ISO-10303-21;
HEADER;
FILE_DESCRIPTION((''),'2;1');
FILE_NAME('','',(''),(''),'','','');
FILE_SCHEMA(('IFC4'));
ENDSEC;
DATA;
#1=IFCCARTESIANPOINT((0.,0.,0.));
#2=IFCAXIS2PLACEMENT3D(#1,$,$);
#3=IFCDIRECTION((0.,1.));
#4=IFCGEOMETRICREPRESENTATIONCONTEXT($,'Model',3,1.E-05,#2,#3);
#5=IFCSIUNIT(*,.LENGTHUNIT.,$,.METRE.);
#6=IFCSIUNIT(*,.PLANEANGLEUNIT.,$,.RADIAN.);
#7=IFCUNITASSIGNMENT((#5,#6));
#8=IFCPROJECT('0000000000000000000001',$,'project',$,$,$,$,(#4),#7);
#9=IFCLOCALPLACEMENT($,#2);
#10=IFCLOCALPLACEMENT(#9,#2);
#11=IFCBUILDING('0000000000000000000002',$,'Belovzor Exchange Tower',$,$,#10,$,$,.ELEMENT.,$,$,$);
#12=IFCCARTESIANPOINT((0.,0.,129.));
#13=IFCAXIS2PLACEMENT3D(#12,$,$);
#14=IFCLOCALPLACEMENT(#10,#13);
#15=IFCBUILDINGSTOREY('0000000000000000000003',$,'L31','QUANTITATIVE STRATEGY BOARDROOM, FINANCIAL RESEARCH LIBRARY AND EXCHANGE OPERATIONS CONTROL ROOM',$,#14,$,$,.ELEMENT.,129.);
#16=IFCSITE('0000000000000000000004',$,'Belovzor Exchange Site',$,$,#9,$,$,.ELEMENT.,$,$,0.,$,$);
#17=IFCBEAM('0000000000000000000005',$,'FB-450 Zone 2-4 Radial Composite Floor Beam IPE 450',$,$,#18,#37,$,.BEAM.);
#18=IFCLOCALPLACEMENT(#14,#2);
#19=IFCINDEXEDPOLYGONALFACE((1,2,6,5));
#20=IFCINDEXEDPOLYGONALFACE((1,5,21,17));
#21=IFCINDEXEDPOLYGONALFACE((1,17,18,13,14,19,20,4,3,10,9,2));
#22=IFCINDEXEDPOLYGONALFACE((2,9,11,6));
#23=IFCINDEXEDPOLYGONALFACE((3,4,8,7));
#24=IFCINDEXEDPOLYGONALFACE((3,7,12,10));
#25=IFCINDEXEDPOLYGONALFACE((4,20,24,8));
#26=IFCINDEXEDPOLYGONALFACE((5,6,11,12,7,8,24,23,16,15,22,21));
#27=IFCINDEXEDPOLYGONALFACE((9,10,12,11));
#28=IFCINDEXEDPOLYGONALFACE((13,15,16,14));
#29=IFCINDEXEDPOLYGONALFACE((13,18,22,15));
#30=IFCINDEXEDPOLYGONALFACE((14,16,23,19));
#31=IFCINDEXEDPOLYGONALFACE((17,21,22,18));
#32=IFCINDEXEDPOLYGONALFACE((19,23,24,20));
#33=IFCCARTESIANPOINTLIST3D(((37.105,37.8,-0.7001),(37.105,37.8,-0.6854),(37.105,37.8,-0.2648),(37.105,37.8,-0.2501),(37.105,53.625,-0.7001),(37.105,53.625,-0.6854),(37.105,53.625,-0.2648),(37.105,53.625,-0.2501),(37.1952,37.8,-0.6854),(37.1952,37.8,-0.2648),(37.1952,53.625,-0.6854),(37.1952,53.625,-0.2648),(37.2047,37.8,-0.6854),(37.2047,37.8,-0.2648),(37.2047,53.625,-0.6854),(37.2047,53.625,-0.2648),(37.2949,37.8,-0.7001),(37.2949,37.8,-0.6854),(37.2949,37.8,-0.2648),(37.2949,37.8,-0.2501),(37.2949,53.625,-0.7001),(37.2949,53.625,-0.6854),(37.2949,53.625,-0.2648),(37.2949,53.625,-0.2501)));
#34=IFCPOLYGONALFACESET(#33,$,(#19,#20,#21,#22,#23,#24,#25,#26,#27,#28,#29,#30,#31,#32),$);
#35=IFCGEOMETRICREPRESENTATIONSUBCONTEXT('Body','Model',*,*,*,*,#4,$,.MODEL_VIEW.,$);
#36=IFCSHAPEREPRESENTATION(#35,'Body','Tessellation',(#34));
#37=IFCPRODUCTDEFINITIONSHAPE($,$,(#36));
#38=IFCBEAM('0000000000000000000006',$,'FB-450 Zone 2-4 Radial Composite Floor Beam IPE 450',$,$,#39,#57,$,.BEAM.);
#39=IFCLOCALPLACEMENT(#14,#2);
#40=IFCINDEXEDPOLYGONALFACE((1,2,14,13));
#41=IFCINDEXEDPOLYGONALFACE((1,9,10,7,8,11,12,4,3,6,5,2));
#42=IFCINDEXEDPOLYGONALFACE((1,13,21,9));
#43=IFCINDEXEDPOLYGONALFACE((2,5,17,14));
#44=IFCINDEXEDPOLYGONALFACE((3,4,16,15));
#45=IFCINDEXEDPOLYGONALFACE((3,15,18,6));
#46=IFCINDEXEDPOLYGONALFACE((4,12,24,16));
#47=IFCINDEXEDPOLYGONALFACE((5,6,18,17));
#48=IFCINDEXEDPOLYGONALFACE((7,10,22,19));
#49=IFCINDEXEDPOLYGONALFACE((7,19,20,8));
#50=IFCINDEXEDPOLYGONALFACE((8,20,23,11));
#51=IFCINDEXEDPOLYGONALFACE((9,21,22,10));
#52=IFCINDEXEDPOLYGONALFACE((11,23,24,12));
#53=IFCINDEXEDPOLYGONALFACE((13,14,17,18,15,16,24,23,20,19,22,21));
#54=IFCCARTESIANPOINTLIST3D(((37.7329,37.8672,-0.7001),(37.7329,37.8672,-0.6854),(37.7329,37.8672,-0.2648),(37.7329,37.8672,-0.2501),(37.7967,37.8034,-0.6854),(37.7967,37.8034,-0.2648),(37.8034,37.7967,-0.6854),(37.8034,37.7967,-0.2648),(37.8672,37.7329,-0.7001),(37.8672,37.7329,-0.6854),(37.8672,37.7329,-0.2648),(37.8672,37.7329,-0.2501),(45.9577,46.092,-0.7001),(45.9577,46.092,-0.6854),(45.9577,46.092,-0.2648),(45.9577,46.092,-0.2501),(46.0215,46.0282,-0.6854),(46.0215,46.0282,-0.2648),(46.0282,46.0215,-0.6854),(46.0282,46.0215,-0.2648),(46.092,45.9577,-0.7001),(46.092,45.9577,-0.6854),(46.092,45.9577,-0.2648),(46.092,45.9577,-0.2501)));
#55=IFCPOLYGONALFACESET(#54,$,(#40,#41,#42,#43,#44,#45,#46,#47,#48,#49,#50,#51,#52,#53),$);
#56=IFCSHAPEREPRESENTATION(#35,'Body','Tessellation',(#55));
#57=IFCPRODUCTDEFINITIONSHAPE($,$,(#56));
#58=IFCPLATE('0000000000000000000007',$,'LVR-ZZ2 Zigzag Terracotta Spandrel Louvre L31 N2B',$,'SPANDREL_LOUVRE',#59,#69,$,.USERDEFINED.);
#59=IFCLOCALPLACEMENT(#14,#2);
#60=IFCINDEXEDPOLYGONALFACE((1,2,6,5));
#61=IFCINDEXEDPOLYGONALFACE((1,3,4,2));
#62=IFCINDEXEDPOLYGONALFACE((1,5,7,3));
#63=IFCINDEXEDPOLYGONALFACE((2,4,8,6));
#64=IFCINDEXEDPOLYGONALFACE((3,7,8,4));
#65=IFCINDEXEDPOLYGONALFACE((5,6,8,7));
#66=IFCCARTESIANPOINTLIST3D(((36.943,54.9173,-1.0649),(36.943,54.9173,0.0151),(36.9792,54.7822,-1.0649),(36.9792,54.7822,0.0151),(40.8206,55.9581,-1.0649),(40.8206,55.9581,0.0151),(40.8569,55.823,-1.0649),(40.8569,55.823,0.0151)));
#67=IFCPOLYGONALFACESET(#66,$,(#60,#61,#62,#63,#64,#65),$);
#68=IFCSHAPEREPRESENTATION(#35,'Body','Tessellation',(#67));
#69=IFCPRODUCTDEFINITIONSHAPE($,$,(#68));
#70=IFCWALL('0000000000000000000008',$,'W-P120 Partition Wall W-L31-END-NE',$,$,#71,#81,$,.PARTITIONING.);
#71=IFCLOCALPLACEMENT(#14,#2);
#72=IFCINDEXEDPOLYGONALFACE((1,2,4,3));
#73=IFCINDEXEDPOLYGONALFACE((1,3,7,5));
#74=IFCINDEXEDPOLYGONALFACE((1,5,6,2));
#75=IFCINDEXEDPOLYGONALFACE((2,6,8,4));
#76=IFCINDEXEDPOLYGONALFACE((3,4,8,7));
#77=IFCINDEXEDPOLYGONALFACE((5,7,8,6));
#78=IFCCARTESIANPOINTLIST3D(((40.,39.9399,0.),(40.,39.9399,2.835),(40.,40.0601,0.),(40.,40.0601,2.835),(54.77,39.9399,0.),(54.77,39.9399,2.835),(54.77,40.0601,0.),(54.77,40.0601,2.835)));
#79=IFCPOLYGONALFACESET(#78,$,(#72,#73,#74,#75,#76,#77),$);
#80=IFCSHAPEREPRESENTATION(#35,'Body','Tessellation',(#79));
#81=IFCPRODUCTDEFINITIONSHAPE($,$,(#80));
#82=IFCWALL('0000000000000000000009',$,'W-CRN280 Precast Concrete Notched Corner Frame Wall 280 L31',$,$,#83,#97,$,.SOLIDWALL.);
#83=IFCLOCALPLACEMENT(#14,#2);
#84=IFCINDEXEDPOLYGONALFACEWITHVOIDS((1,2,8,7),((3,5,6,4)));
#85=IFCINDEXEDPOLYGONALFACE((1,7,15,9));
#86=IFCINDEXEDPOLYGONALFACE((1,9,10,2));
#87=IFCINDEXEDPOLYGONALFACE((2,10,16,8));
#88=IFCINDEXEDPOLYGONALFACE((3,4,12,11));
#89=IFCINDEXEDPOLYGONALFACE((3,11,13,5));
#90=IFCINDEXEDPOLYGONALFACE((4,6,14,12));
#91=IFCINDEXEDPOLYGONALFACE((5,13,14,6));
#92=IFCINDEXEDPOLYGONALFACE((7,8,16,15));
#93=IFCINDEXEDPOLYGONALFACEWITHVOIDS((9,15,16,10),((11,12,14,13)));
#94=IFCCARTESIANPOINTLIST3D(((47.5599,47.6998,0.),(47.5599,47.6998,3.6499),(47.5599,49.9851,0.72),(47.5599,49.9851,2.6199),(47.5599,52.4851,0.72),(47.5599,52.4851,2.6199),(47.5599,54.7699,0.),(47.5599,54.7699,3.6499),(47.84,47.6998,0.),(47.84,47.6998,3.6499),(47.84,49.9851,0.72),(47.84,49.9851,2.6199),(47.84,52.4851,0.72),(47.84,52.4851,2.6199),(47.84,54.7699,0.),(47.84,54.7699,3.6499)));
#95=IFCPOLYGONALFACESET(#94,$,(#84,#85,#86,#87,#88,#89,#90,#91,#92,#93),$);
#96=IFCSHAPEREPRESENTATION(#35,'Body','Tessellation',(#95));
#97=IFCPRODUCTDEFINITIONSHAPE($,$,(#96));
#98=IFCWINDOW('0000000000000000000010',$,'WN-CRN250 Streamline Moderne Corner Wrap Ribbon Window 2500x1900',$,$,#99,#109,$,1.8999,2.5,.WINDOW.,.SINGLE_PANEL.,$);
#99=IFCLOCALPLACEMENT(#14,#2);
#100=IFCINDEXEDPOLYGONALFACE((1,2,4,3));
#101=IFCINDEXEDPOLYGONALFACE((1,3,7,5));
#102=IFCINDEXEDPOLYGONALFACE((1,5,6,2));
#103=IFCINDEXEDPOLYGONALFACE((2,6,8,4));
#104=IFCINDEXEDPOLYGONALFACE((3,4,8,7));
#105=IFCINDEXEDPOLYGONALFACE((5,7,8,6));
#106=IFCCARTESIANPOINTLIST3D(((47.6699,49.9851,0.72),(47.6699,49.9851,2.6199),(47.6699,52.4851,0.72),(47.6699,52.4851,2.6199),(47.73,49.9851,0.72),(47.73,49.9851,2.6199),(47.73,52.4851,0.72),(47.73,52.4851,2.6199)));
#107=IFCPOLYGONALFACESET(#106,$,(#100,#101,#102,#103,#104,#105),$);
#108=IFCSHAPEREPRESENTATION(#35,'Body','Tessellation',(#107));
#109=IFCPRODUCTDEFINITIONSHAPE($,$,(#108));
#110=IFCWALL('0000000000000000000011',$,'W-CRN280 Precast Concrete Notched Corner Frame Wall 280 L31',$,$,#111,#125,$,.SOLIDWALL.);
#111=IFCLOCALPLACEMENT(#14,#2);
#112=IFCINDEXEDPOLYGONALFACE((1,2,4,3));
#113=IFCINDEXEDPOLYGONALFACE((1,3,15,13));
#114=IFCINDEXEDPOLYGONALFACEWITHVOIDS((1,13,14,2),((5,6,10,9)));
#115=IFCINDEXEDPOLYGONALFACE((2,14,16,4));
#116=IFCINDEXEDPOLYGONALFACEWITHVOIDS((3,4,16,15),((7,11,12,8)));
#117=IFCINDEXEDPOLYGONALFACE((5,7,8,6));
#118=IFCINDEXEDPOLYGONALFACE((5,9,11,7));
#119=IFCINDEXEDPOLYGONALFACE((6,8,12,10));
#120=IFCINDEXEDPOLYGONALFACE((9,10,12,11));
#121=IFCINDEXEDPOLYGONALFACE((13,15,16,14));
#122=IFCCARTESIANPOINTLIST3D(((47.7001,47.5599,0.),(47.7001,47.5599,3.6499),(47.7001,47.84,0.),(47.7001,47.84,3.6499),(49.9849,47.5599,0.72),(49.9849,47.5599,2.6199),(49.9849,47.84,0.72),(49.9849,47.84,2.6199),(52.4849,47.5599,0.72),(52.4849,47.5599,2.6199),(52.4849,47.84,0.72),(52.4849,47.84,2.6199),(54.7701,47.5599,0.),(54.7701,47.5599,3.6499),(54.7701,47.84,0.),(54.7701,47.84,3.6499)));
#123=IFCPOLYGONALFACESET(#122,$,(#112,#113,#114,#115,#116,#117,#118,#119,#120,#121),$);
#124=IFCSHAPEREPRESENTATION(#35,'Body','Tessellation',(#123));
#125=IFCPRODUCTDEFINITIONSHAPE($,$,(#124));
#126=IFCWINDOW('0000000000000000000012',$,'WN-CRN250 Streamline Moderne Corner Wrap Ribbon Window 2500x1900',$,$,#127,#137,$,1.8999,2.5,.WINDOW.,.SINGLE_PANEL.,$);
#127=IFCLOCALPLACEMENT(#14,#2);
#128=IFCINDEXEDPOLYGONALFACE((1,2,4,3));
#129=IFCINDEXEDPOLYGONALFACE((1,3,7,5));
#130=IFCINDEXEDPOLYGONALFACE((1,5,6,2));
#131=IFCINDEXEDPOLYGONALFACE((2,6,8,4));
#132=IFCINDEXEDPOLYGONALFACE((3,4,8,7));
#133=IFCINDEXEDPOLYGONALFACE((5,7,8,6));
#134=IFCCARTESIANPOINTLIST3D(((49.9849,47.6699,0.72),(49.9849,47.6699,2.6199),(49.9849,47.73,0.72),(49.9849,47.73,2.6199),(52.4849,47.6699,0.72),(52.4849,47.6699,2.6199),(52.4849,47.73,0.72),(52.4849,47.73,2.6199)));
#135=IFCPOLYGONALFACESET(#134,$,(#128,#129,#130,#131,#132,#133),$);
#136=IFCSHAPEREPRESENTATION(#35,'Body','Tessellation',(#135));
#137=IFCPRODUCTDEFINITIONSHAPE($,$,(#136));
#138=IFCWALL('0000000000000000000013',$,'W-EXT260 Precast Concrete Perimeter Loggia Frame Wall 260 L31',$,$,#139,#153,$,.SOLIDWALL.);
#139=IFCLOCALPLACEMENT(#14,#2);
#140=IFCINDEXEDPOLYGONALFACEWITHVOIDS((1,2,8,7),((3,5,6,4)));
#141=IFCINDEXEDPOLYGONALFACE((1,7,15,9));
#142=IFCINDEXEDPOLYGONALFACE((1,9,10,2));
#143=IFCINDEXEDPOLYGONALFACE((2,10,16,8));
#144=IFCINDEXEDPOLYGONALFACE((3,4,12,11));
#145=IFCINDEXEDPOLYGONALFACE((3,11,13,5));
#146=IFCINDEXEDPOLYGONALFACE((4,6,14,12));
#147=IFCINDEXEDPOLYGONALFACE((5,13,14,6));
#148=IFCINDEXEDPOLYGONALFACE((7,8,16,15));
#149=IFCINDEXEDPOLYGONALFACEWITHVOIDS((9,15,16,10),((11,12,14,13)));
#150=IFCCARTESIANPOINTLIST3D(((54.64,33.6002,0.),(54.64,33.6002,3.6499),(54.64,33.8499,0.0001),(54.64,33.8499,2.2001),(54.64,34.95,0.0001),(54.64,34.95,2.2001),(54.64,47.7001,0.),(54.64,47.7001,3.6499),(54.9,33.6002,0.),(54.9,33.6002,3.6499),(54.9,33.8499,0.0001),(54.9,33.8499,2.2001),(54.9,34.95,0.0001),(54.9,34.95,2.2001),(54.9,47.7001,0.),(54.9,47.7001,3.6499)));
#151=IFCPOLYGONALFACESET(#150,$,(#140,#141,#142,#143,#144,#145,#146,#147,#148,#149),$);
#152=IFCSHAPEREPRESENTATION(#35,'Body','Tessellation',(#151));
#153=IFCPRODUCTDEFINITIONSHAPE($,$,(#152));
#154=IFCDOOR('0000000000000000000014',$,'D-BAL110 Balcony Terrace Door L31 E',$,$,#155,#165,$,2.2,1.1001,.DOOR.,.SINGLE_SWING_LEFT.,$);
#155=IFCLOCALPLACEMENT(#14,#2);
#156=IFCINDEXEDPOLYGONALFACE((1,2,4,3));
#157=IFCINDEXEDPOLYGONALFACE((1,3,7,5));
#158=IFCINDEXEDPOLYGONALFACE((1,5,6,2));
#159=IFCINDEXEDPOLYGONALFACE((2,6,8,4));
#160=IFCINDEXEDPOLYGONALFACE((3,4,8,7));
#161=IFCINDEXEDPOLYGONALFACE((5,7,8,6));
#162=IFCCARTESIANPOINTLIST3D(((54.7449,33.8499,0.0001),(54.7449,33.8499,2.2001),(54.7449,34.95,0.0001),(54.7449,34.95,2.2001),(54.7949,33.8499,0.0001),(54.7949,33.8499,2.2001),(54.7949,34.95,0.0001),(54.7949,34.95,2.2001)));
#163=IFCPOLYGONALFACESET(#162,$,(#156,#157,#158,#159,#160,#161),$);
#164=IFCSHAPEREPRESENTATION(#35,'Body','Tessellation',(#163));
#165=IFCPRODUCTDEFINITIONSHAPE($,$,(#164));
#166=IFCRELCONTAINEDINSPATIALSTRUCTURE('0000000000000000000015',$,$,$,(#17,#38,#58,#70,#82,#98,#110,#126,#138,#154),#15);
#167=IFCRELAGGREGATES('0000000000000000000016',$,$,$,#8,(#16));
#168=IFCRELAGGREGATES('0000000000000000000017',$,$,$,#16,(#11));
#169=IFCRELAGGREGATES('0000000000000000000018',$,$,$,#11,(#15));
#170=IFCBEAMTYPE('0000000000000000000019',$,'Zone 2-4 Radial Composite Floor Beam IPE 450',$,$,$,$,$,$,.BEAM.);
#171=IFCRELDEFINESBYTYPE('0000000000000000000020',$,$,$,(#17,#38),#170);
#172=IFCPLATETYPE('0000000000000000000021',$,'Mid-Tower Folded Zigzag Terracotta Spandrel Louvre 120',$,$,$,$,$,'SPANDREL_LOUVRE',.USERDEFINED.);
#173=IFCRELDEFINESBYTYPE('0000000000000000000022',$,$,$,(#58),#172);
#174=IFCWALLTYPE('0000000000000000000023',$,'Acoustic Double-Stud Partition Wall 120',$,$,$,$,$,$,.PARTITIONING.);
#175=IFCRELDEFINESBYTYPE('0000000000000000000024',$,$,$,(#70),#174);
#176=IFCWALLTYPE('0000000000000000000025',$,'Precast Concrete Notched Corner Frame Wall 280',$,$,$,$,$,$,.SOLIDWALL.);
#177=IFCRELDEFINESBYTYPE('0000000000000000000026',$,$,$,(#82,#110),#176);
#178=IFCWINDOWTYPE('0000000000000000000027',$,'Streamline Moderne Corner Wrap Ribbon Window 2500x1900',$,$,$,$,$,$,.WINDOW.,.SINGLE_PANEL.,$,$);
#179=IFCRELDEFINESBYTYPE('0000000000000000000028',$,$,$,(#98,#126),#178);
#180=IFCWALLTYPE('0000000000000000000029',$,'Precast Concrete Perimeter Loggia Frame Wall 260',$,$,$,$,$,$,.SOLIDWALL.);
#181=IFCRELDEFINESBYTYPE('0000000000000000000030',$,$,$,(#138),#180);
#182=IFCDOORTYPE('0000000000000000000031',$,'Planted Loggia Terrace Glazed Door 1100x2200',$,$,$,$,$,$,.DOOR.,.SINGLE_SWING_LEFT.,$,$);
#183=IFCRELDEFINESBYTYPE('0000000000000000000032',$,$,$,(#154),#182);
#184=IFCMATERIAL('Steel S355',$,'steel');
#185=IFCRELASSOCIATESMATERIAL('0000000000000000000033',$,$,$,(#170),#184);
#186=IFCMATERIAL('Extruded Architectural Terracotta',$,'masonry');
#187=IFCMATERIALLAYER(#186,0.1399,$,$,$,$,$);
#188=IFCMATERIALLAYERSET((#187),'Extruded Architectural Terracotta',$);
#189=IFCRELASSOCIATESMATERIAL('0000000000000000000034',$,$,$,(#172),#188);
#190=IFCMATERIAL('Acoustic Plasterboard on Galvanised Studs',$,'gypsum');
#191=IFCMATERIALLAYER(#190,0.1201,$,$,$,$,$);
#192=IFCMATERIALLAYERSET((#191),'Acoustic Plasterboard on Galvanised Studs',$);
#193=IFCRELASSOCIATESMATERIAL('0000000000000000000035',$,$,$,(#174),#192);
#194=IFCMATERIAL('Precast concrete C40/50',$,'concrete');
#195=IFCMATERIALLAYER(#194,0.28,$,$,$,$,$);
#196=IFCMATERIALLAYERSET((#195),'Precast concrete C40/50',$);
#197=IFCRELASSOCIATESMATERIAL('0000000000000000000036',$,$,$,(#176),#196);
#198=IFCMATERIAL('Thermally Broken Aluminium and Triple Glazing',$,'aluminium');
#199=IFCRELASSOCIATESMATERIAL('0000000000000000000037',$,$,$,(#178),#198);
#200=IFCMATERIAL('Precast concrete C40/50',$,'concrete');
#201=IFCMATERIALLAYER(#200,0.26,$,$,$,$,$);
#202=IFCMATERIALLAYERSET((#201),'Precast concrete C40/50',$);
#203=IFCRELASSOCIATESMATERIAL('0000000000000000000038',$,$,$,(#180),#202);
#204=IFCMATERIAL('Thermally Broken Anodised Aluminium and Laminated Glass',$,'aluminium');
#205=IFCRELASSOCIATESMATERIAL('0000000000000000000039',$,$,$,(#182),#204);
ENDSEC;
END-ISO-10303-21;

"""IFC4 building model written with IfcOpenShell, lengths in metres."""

from ifc_helpers import new_model, si_unit, direction, frame, frame_2d, origin, origin_2d, place, context, subcontext, project, spatial, rectangle, i_section, extrude, material, layer, layer_set, material_profile, profile_set, type_object, element, fill, save


model = new_model("IFC4")

# Units and contexts
model_context = context("Model", 3, precision=1e-05, world=origin(), true_north=direction((0.0, 1.0)))
body_context = subcontext(model_context, "Body", "Model", "MODEL_VIEW")
ifc_project = project(units=[si_unit("LENGTHUNIT", "METRE"), si_unit("PLANEANGLEUNIT", "RADIAN")], contexts=[model_context])

# Site, building, storey
site_placement = place(None, origin())
site = spatial("IfcSite", under=ifc_project, at=site_placement, Name="Belovzor Exchange Site", CompositionType="ELEMENT", RefElevation=0.0)
building_placement = place(site_placement, origin())
building = spatial("IfcBuilding", under=site, at=building_placement, Name="Belovzor Exchange Tower", CompositionType="ELEMENT")
storey_placement = place(building_placement, frame((0.0, 0.0, 129.0)))
storey = spatial("IfcBuildingStorey", under=building, at=storey_placement, Name="L31", Description="QUANTITATIVE STRATEGY BOARDROOM, FINANCIAL RESEARCH LIBRARY AND EXCHANGE OPERATIONS CONTROL ROOM", CompositionType="ELEMENT", Elevation=129.0)

# Beams
ifc_material_1 = material(Name="Steel S355", Category="steel")
ifc_material_profile_1 = material_profile(ifc_material_1, i_section(OverallWidth=0.1899, OverallDepth=0.45, WebThickness=0.0095, FlangeThickness=0.0146, at=origin_2d()))
ifc_profile_set_1 = profile_set([ifc_material_profile_1], Name="Steel S355")
beam_type_1 = type_object("IfcBeamType", Name="Zone 2-4 Radial Composite Floor Beam IPE 450", PredefinedType="BEAM", material=ifc_profile_set_1)
beam_1_placement = place(storey_placement, frame((37.2, 37.8, -0.4751), z_axis=(0.0, 1.0, 0.0), x_axis=(-1.0, 0.0, 0.0)))
element("IfcBeam", 1, at=beam_1_placement, inside=storey, type_object=beam_type_1, Name="FB-450 Zone 2-4 Radial Composite Floor Beam IPE 450", PredefinedType="BEAM", context=body_context, shape_type="SweptSolid", body=[
    extrude(i_section(OverallWidth=0.1899, OverallDepth=0.45, WebThickness=0.0095, FlangeThickness=0.0146, at=origin_2d()), origin(), (0.0, 0.0, 1.0), 15.825),
])
beam_2_placement = place(storey_placement, frame((37.8, 37.8, -0.4751), z_axis=(0.707107, 0.707107, 0.0), x_axis=(-0.707107, 0.707107, 0.0)))
element("IfcBeam", 2, at=beam_2_placement, inside=storey, type_object=beam_type_1, Name="FB-450 Zone 2-4 Radial Composite Floor Beam IPE 450", PredefinedType="BEAM", context=body_context, shape_type="SweptSolid", body=[
    extrude(i_section(OverallWidth=0.1899, OverallDepth=0.45, WebThickness=0.0095, FlangeThickness=0.0146, at=origin_2d()), origin(), (0.0, 0.0, 1.0), 11.6316),
])

# Plate
ifc_material_2 = material(Name="Extruded Architectural Terracotta", Category="masonry")
ifc_layer_1 = layer(ifc_material_2, 0.1399)
ifc_layer_set_1 = layer_set([ifc_layer_1], Name="Extruded Architectural Terracotta")
plate_type = type_object("IfcPlateType", Name="Mid-Tower Folded Zigzag Terracotta Spandrel Louvre 120", ElementType="SPANDREL_LOUVRE", PredefinedType="USERDEFINED", material=ifc_layer_set_1)
plate_placement = place(storey_placement, frame((38.8999, 55.3701, -1.0649), z_axis=(0.0, 0.0, 1.0), x_axis=(0.965813, 0.25924, 0.0)))
element("IfcPlate", 3, at=plate_placement, inside=storey, type_object=plate_type, Name="LVR-ZZ2 Zigzag Terracotta Spandrel Louvre L31 N2B", ObjectType="SPANDREL_LOUVRE", PredefinedType="USERDEFINED", context=body_context, shape_type="SweptSolid", body=[
    extrude(rectangle(XDim=4.0149, YDim=0.1399, at=origin_2d()), origin(), (0.0, 0.0, 1.0), 1.0801),
])

# Wall
ifc_material_3 = material(Name="Acoustic Plasterboard on Galvanised Studs", Category="gypsum")
ifc_layer_2 = layer(ifc_material_3, 0.1201)
ifc_layer_set_2 = layer_set([ifc_layer_2], Name="Acoustic Plasterboard on Galvanised Studs")
wall_type_1 = type_object("IfcWallType", Name="Acoustic Double-Stud Partition Wall 120", PredefinedType="PARTITIONING", material=ifc_layer_set_2)
wall_1_placement = place(storey_placement, frame((40.0, 40.0, 0.0), z_axis=(0.0, 0.0, 1.0), x_axis=(1.0, 0.0, 0.0)))
element("IfcWall", 4, at=wall_1_placement, inside=storey, type_object=wall_type_1, Name="W-P120 Partition Wall W-L31-END-NE", PredefinedType="PARTITIONING", context=body_context, shape_type="SweptSolid", body=[
    extrude(rectangle(XDim=14.77, YDim=0.1201, at=frame_2d((7.385, 0.0))), origin(), (0.0, 0.0, 1.0), 2.835),
])

# Walls, openings, windows
ifc_material_4 = material(Name="Precast concrete C40/50", Category="concrete")
ifc_layer_3 = layer(ifc_material_4, 0.28)
ifc_layer_set_3 = layer_set([ifc_layer_3], Name="Precast concrete C40/50")
wall_type_2 = type_object("IfcWallType", Name="Precast Concrete Notched Corner Frame Wall 280", PredefinedType="SOLIDWALL", material=ifc_layer_set_3)
wall_2_placement = place(storey_placement, frame((47.7, 54.77, 0.0), z_axis=(0.0, 0.0, 1.0), x_axis=(0.0, -1.0, 0.0)))
wall_2 = element("IfcWall", 5, at=wall_2_placement, inside=storey, type_object=wall_type_2, Name="W-CRN280 Precast Concrete Notched Corner Frame Wall 280 L31", PredefinedType="SOLIDWALL", context=body_context, shape_type="SweptSolid", body=[
    extrude(rectangle(XDim=7.0701, YDim=0.28, at=frame_2d((3.5352, 0.0))), origin(), (0.0, 0.0, 1.0), 3.6499),
])
opening_1_placement = place(wall_2_placement, frame((2.2849, 0.0, 0.72)))
opening_1 = element("IfcOpeningElement", 6, at=opening_1_placement, cuts=wall_2, PredefinedType="OPENING", context=body_context, shape_type="SweptSolid", body=[
    extrude(rectangle(XDim=2.5, YDim=1.8999, at=frame_2d((1.25, 0.95))), frame((0.0, 0.1499, 0.0), z_axis=(0.0, -1.0, 0.0), x_axis=(1.0, 0.0, 0.0)), (0.0, 0.0, 1.0), 0.3),
])
ifc_material_5 = material(Name="Thermally Broken Aluminium and Triple Glazing", Category="aluminium")
window_type = type_object("IfcWindowType", Name="Streamline Moderne Corner Wrap Ribbon Window 2500x1900", PartitioningType="SINGLE_PANEL", PredefinedType="WINDOW", material=ifc_material_5)
window_1_placement = place(opening_1_placement, origin())
window_1 = element("IfcWindow", 7, at=window_1_placement, inside=storey, type_object=window_type, Name="WN-CRN250 Streamline Moderne Corner Wrap Ribbon Window 2500x1900", OverallHeight=1.8999, OverallWidth=2.5, PartitioningType="SINGLE_PANEL", PredefinedType="WINDOW", context=body_context, shape_type="SweptSolid", body=[
    extrude(rectangle(XDim=2.5, YDim=1.8999, at=frame_2d((1.25, 0.95))), frame((0.0, 0.03, 0.0), z_axis=(0.0, -1.0, 0.0), x_axis=(1.0, 0.0, 0.0)), (0.0, 0.0, 1.0), 0.0601),
])
fill(opening_1, window_1)
wall_3_placement = place(storey_placement, frame((47.7, 47.7, 0.0), z_axis=(0.0, 0.0, 1.0), x_axis=(1.0, 0.0, 0.0)))
wall_3 = element("IfcWall", 8, at=wall_3_placement, inside=storey, type_object=wall_type_2, Name="W-CRN280 Precast Concrete Notched Corner Frame Wall 280 L31", PredefinedType="SOLIDWALL", context=body_context, shape_type="SweptSolid", body=[
    extrude(rectangle(XDim=7.0701, YDim=0.28, at=frame_2d((3.5352, 0.0))), origin(), (0.0, 0.0, 1.0), 3.6499),
])
opening_2_placement = place(wall_3_placement, frame((2.2849, 0.0, 0.72)))
opening_2 = element("IfcOpeningElement", 9, at=opening_2_placement, cuts=wall_3, PredefinedType="OPENING", context=body_context, shape_type="SweptSolid", body=[
    extrude(rectangle(XDim=2.5, YDim=1.8999, at=frame_2d((1.25, 0.95))), frame((0.0, 0.1499, 0.0), z_axis=(0.0, -1.0, 0.0), x_axis=(1.0, 0.0, 0.0)), (0.0, 0.0, 1.0), 0.3),
])
window_2_placement = place(opening_2_placement, origin())
window_2 = element("IfcWindow", 10, at=window_2_placement, inside=storey, type_object=window_type, Name="WN-CRN250 Streamline Moderne Corner Wrap Ribbon Window 2500x1900", OverallHeight=1.8999, OverallWidth=2.5, PartitioningType="SINGLE_PANEL", PredefinedType="WINDOW", context=body_context, shape_type="SweptSolid", body=[
    extrude(rectangle(XDim=2.5, YDim=1.8999, at=frame_2d((1.25, 0.95))), frame((0.0, 0.03, 0.0), z_axis=(0.0, -1.0, 0.0), x_axis=(1.0, 0.0, 0.0)), (0.0, 0.0, 1.0), 0.0601),
])
fill(opening_2, window_2)

# Wall, opening, door
ifc_material_6 = material(Name="Precast concrete C40/50", Category="concrete")
ifc_layer_4 = layer(ifc_material_6, 0.26)
ifc_layer_set_4 = layer_set([ifc_layer_4], Name="Precast concrete C40/50")
wall_type_3 = type_object("IfcWallType", Name="Precast Concrete Perimeter Loggia Frame Wall 260", PredefinedType="SOLIDWALL", material=ifc_layer_set_4)
wall_4_placement = place(storey_placement, frame((54.77, 47.7, 0.0), z_axis=(0.0, 0.0, 1.0), x_axis=(0.0, -1.0, 0.0)))
wall_4 = element("IfcWall", 11, at=wall_4_placement, inside=storey, type_object=wall_type_3, Name="W-EXT260 Precast Concrete Perimeter Loggia Frame Wall 260 L31", PredefinedType="SOLIDWALL", context=body_context, shape_type="SweptSolid", body=[
    extrude(rectangle(XDim=14.0999, YDim=0.26, at=frame_2d((7.0498, 0.0))), origin(), (0.0, 0.0, 1.0), 3.6499),
])
opening_3_placement = place(wall_4_placement, frame((12.75, 0.0, 0.0)))
opening_3 = element("IfcOpeningElement", 12, at=opening_3_placement, cuts=wall_4, PredefinedType="OPENING", context=body_context, shape_type="SweptSolid", body=[
    extrude(rectangle(XDim=1.1001, YDim=2.2, at=frame_2d((0.55, 1.1001))), frame((0.0, 0.1399, 0.0), z_axis=(0.0, -1.0, 0.0), x_axis=(1.0, 0.0, 0.0)), (0.0, 0.0, 1.0), 0.28),
])
ifc_material_7 = material(Name="Thermally Broken Anodised Aluminium and Laminated Glass", Category="aluminium")
door_type = type_object("IfcDoorType", Name="Planted Loggia Terrace Glazed Door 1100x2200", OperationType="SINGLE_SWING_LEFT", PredefinedType="DOOR", material=ifc_material_7)
door_placement = place(opening_3_placement, origin())
door = element("IfcDoor", 13, at=door_placement, inside=storey, type_object=door_type, Name="D-BAL110 Balcony Terrace Door L31 E", OperationType="SINGLE_SWING_LEFT", OverallHeight=2.2, OverallWidth=1.1001, PredefinedType="DOOR", context=body_context, shape_type="SweptSolid", body=[
    extrude(rectangle(XDim=1.1001, YDim=2.2, at=frame_2d((0.55, 1.1001))), frame((0.0, 0.0249, 0.0), z_axis=(0.0, -1.0, 0.0), x_axis=(1.0, 0.0, 0.0)), (0.0, 0.0, 1.0), 0.05),
])
fill(opening_3, door)

save(model, "model.ifc")
